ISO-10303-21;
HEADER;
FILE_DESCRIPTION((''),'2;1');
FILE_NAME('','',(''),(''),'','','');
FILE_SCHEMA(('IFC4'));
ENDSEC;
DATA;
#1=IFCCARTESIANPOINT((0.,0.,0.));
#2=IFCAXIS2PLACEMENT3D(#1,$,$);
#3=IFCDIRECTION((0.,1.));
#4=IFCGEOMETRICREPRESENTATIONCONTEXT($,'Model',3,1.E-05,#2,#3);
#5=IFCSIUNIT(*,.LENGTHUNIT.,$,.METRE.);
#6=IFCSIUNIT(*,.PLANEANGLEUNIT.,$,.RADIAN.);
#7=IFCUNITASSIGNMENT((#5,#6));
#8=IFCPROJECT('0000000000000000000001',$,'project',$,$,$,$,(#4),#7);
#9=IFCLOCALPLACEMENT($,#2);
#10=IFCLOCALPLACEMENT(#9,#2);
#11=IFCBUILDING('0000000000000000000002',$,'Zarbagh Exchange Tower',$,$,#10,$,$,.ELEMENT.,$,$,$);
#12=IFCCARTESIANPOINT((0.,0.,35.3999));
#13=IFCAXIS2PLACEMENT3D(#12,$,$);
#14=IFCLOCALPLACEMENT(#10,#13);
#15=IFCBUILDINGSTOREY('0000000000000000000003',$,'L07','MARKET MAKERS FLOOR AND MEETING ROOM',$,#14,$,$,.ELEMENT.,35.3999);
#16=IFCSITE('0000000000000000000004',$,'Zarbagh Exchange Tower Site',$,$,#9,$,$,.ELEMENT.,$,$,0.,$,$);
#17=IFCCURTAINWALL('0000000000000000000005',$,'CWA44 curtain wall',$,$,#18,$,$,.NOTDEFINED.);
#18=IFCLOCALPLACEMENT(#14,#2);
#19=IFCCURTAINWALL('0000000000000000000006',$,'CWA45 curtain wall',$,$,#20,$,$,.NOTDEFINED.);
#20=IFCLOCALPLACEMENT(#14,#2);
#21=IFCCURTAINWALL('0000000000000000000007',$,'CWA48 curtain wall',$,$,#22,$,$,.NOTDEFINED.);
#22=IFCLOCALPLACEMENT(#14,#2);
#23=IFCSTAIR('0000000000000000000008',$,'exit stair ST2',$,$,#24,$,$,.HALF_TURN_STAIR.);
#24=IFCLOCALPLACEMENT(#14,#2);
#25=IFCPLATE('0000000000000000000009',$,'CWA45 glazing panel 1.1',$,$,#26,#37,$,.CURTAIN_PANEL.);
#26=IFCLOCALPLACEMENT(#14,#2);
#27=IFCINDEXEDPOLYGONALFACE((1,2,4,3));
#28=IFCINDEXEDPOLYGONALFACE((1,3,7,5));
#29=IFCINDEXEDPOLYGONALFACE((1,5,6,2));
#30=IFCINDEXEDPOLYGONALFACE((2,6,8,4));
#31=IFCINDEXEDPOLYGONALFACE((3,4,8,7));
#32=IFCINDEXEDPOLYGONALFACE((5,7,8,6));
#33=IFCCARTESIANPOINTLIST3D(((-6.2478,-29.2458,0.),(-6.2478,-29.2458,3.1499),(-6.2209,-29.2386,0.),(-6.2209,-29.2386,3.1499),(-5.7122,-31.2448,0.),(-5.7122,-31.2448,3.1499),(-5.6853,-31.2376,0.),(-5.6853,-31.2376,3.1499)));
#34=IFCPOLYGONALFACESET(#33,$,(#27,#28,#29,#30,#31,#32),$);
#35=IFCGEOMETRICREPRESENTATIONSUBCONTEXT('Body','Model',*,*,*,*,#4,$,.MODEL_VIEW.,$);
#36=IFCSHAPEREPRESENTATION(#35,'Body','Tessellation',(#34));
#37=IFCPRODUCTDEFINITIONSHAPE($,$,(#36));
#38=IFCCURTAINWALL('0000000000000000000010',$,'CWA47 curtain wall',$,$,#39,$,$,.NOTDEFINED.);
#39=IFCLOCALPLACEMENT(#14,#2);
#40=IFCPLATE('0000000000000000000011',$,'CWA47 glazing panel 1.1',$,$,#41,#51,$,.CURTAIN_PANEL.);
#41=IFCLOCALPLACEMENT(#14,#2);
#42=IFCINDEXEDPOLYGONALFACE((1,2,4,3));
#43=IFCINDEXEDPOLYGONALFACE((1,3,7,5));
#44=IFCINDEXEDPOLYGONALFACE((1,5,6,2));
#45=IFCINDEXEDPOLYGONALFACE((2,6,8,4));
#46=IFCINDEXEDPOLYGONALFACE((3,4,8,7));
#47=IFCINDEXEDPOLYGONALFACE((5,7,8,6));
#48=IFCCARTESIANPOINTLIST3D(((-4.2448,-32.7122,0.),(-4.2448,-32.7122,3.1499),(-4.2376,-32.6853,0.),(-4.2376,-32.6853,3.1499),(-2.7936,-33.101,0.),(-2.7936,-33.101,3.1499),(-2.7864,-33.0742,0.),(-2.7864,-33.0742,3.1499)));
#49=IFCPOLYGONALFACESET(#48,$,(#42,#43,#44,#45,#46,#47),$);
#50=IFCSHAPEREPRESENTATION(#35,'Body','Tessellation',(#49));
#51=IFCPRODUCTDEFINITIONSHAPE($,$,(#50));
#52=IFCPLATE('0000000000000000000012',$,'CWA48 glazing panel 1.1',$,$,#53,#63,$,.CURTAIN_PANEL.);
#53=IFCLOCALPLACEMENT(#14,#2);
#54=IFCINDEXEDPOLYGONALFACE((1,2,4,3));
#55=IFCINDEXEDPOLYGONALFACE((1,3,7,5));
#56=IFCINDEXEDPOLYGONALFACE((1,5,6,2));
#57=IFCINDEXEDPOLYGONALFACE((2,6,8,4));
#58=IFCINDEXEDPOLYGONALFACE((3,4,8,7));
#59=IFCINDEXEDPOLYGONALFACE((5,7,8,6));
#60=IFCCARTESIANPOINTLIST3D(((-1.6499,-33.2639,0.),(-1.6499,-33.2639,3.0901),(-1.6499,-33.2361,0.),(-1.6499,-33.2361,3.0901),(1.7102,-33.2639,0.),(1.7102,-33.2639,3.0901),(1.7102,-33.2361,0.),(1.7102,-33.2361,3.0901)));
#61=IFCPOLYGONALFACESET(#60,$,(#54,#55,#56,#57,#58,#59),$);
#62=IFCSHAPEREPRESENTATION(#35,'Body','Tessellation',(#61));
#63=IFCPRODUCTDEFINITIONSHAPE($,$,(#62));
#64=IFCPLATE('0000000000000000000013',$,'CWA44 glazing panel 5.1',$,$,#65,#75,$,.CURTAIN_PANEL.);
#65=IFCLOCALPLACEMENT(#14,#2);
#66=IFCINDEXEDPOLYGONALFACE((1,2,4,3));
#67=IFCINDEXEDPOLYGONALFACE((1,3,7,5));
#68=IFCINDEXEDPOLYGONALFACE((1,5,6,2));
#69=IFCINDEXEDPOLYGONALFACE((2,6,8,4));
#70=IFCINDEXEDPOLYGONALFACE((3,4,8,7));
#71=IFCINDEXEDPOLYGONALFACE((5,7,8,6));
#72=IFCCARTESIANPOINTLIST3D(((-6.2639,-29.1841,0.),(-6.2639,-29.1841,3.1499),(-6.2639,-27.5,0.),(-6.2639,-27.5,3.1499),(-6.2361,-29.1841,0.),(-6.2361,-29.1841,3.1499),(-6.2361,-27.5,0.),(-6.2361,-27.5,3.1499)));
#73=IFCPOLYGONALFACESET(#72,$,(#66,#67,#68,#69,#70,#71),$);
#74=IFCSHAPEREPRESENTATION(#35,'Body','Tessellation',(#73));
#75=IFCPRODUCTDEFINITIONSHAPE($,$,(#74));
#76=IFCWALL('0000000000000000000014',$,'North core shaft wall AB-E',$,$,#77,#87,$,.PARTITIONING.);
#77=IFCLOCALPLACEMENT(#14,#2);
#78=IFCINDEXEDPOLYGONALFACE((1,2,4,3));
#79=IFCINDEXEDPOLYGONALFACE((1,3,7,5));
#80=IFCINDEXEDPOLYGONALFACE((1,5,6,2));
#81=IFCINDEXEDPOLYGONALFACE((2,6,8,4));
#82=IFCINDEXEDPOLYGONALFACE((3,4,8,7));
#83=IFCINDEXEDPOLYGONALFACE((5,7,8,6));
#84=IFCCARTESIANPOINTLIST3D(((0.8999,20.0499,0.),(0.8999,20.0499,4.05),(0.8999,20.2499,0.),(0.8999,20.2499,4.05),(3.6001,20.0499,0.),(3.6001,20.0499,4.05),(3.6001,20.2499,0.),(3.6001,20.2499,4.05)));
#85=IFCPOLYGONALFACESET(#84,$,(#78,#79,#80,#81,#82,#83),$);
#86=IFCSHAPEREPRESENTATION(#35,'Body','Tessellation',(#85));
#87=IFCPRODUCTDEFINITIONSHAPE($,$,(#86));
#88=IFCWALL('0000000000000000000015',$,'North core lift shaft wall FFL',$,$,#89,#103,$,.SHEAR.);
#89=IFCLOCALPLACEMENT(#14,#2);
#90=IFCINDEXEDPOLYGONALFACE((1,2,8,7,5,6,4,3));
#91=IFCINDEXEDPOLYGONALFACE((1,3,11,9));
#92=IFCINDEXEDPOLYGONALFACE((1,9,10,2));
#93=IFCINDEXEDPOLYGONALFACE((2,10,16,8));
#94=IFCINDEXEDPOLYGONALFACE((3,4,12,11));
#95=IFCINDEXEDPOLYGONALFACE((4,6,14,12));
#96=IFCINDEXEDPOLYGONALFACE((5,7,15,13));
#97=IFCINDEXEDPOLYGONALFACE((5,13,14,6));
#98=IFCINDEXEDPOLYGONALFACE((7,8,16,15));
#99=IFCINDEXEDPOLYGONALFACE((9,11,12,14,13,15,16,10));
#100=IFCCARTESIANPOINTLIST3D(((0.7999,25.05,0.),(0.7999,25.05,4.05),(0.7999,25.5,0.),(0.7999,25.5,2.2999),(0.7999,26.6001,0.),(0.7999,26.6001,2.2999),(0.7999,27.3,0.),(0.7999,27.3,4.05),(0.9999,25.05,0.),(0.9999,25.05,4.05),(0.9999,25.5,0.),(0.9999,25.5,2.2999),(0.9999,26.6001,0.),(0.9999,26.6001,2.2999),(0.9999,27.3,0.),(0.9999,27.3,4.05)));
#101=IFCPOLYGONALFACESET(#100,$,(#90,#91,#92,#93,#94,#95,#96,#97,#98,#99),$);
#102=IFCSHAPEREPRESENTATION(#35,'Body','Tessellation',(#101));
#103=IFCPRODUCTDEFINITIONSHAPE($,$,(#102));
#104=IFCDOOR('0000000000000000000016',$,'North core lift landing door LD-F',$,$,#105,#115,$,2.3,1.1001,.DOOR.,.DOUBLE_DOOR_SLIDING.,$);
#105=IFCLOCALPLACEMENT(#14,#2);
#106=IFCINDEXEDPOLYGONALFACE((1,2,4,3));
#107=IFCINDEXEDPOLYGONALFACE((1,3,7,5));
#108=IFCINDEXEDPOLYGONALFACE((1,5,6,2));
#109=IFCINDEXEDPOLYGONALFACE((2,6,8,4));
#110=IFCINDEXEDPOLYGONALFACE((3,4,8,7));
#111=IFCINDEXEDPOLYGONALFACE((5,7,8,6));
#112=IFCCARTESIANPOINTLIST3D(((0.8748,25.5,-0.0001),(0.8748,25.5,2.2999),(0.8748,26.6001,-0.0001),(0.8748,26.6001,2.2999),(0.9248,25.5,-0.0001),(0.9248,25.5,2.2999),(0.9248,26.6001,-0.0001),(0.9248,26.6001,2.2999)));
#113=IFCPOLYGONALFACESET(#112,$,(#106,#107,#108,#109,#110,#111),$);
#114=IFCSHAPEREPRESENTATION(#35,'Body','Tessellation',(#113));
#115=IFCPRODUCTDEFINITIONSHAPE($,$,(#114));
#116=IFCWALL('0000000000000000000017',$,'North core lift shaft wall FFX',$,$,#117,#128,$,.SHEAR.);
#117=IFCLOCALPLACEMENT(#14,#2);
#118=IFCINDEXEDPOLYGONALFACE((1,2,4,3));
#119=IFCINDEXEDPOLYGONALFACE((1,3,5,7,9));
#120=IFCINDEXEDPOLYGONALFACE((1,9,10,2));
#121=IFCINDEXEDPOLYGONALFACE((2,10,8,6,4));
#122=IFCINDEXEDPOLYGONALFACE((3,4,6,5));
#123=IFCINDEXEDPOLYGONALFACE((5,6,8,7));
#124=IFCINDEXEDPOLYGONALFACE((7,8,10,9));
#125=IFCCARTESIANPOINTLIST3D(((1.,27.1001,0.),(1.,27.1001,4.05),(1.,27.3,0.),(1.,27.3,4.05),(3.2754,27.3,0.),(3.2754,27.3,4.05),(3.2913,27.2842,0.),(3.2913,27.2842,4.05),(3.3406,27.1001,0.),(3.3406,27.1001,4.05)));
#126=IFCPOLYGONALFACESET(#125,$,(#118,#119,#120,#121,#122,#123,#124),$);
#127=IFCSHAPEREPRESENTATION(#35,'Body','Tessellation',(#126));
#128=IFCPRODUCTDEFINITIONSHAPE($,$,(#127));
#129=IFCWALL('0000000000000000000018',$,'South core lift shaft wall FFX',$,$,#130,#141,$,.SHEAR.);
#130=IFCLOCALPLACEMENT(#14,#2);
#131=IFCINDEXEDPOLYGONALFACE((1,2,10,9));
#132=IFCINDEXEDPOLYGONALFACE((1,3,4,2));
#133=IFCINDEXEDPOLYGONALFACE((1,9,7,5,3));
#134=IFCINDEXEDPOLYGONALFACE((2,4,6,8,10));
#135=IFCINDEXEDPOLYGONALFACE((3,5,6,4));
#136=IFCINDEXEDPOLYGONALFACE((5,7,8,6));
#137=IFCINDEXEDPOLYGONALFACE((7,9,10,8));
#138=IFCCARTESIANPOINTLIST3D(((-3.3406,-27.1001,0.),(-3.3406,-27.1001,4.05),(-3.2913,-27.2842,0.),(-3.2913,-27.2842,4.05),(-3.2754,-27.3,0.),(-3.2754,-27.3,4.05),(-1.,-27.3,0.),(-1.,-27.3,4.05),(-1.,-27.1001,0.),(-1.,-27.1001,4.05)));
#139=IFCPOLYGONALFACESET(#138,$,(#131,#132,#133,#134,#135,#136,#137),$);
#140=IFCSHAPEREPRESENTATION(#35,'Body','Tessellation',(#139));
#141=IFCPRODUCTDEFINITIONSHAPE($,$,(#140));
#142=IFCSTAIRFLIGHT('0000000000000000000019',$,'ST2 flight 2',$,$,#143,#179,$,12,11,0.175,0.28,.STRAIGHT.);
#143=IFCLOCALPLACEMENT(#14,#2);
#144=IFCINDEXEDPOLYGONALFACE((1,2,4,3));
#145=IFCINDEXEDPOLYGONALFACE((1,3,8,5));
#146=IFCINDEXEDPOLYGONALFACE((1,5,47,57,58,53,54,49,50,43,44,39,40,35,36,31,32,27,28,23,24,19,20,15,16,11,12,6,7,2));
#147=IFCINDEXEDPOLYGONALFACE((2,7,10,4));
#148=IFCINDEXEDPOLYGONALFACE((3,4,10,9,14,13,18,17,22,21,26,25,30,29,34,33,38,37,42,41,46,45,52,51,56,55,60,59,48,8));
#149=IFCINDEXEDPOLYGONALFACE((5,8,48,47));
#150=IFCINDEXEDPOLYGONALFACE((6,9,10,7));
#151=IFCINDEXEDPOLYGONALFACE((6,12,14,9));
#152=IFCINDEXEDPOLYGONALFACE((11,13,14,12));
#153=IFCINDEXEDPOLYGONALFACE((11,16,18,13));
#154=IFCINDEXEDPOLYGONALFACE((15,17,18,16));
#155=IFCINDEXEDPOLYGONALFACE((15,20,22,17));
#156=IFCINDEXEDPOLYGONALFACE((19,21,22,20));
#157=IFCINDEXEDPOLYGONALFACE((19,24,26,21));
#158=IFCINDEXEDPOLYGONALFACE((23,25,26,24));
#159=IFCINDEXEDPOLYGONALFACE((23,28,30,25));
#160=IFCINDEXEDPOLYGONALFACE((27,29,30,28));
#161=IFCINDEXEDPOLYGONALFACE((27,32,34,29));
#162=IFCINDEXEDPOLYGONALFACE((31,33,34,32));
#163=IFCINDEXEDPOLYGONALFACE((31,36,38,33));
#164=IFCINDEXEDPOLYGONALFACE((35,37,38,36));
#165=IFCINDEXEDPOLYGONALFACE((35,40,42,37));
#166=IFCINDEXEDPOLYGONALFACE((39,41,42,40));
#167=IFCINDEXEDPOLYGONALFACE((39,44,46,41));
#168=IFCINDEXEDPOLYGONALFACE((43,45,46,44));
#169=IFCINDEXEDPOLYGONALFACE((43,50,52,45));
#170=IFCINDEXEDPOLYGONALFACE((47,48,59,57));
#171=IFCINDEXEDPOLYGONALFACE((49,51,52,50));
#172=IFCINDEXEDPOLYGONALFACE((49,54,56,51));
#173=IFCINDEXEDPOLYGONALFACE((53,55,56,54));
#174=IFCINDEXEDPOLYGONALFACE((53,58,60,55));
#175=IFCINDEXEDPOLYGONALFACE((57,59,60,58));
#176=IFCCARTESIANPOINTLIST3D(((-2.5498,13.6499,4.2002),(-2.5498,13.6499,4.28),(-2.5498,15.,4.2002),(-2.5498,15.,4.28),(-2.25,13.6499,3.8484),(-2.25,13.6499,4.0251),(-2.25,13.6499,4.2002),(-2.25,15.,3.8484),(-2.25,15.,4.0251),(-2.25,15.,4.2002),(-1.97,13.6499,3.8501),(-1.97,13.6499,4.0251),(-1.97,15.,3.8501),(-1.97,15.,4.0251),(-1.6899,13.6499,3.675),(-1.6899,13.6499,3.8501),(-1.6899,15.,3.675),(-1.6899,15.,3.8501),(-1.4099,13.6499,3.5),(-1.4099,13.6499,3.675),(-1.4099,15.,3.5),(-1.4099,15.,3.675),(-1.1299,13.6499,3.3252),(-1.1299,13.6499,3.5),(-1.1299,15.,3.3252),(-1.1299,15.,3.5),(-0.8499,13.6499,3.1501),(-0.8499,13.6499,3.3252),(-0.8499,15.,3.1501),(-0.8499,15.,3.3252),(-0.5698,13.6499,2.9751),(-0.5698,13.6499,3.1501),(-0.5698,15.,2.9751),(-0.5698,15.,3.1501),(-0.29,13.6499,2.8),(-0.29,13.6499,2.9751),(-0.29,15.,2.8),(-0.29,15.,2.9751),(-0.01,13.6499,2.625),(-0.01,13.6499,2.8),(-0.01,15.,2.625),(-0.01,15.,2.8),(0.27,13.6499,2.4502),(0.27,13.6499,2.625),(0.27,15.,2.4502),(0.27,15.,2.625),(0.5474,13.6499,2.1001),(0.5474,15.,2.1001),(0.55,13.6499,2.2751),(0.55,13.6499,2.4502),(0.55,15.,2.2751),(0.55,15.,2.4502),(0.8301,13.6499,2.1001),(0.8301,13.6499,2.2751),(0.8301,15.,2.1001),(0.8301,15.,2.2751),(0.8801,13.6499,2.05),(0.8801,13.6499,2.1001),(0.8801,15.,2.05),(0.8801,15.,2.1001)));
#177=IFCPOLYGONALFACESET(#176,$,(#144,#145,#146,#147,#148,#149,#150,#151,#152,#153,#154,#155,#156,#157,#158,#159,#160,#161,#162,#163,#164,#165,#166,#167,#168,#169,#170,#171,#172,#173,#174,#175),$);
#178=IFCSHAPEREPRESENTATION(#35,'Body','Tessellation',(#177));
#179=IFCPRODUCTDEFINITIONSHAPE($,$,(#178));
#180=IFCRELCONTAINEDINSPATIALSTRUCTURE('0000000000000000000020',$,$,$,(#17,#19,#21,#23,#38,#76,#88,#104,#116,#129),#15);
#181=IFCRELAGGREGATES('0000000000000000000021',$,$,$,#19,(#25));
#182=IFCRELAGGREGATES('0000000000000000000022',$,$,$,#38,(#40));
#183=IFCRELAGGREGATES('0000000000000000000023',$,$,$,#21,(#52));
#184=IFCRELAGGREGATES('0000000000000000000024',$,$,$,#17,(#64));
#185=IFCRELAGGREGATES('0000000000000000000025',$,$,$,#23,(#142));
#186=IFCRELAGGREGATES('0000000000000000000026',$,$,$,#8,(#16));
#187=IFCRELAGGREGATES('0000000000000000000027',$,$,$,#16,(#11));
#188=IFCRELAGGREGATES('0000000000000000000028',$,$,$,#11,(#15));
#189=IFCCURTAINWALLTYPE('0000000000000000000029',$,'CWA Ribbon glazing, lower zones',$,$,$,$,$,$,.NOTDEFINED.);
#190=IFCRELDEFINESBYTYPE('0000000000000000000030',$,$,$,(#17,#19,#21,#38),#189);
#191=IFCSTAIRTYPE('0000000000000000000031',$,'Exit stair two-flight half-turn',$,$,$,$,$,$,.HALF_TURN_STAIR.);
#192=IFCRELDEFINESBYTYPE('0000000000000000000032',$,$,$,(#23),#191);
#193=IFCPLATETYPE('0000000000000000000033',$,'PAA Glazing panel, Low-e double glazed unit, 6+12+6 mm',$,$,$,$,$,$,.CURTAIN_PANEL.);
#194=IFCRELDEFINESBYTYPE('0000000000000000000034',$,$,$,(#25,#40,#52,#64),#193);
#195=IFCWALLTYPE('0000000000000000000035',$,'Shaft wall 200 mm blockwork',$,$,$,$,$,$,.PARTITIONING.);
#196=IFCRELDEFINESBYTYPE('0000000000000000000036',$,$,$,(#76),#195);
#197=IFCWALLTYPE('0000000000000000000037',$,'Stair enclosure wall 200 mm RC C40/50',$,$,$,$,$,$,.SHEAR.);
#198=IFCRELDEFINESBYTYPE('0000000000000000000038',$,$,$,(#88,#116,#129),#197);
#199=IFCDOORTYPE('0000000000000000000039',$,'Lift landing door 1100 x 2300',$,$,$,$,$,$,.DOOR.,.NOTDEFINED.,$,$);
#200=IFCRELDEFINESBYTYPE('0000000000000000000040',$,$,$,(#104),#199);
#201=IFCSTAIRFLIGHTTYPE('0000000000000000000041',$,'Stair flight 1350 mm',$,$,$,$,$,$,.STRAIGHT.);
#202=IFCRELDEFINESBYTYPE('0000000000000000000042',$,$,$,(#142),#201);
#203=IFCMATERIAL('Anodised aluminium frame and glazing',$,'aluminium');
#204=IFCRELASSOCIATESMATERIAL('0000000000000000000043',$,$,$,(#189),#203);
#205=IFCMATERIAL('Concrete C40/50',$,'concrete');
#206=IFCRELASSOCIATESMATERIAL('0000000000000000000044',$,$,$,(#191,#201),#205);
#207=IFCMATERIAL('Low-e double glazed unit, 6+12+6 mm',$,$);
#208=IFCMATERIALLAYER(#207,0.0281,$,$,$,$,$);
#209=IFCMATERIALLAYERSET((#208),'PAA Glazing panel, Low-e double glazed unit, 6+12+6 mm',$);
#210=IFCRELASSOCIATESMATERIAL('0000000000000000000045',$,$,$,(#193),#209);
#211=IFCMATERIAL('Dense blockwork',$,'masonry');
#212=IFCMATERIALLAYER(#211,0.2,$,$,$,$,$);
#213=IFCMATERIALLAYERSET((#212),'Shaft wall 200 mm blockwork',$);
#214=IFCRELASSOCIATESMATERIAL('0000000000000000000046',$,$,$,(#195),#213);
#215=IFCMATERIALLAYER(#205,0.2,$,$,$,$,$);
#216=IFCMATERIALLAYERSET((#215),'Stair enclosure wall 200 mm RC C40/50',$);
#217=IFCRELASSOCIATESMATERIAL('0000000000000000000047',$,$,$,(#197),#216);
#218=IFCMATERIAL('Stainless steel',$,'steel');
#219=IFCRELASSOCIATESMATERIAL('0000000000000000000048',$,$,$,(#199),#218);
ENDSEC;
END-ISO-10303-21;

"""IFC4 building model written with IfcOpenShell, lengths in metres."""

from ifc_helpers import new_model, si_unit, direction, frame, frame_2d, origin, place, context, subcontext, project, spatial, polyline, rectangle, outline, extrude, source, transform, mapped, material, layer, layer_set, type_object, element, fill, aggregate, save


model = new_model("IFC4")

# Units and contexts
model_context = context("Model", 3, precision=1e-05, world=origin(), true_north=direction((0.0, 1.0)))
body_context = subcontext(model_context, "Body", "Model", "MODEL_VIEW")
ifc_project = project(units=[si_unit("LENGTHUNIT", "METRE"), si_unit("PLANEANGLEUNIT", "RADIAN")], contexts=[model_context])

# Site, building, storey
site_placement = place(None, origin())
site = spatial("IfcSite", under=ifc_project, at=site_placement, Name="Zarbagh Exchange Tower Site", CompositionType="ELEMENT", RefElevation=0.0)
building_placement = place(site_placement, origin())
building = spatial("IfcBuilding", under=site, at=building_placement, Name="Zarbagh Exchange Tower", CompositionType="ELEMENT")
storey_placement = place(building_placement, frame((0.0, 0.0, 35.3999)))
storey = spatial("IfcBuildingStorey", under=building, at=storey_placement, Name="L07", Description="MARKET MAKERS FLOOR AND MEETING ROOM", CompositionType="ELEMENT", Elevation=35.3999)

# Curtain wall
ifc_material_1 = material(Name="Anodised aluminium frame and glazing", Category="aluminium")
curtain_wall_type = type_object("IfcCurtainWallType", Name="CWA Ribbon glazing, lower zones", PredefinedType="NOTDEFINED", material=ifc_material_1)
curtain_wall_1_placement = place(storey_placement, origin())
curtain_wall_1 = element("IfcCurtainWall", 1, at=curtain_wall_1_placement, inside=storey, type_object=curtain_wall_type, Name="CWA44 curtain wall", PredefinedType="NOTDEFINED")
placement = place(storey_placement, origin())

# Curtain wall
curtain_wall_2_placement = place(storey_placement, origin())
curtain_wall_2 = element("IfcCurtainWall", 2, at=curtain_wall_2_placement, inside=storey, type_object=curtain_wall_type, Name="CWA45 curtain wall", PredefinedType="NOTDEFINED")

# Curtain wall
curtain_wall_3_placement = place(storey_placement, origin())
curtain_wall_3 = element("IfcCurtainWall", 3, at=curtain_wall_3_placement, inside=storey, type_object=curtain_wall_type, Name="CWA48 curtain wall", PredefinedType="NOTDEFINED")

# Stair
ifc_material_2 = material(Name="Concrete C40/50", Category="concrete")
stair_type = type_object("IfcStairType", Name="Exit stair two-flight half-turn", PredefinedType="HALF_TURN_STAIR", material=ifc_material_2)
stair_1_placement = place(storey_placement, origin())
stair_1 = element("IfcStair", 4, at=stair_1_placement, inside=storey, type_object=stair_type, Name="exit stair ST2", PredefinedType="HALF_TURN_STAIR")

# Shared definitions
ifc_material_3 = material(Name="Low-e double glazed unit, 6+12+6 mm")
ifc_layer_1 = layer(ifc_material_3, 0.0281)
ifc_layer_set_1 = layer_set([ifc_layer_1], Name="PAA Glazing panel, Low-e double glazed unit, 6+12+6 mm")
plate_type = type_object("IfcPlateType", Name="PAA Glazing panel, Low-e double glazed unit, 6+12+6 mm", PredefinedType="CURTAIN_PANEL", material=ifc_layer_set_1)

# Plate
shared_shape_1 = source(origin(), body_context, "Body", "SweptSolid", [
    extrude(outline(polyline([(0.0, -0.0139), (2.0696, -0.0139), (2.0696, 0.0139), (0.0, 0.0139), (0.0, -0.0139)])), origin(), (0.0, 0.0, 1.0), 3.1499),
])
plate_1 = element("IfcPlate", 5, at=placement, type_object=plate_type, Name="CWA45 glazing panel 1.1", PredefinedType="CURTAIN_PANEL", context=body_context, shape_type="MappedRepresentation", body=[
    mapped(shared_shape_1, transform((-6.2344, -29.2422, 0.0), x_axis=(0.258825, -0.965924, 0.0), y_axis=(0.965924, 0.258825, 0.0), z_axis=(0.0, 0.0, 1.0))),
])
aggregate(curtain_wall_2, [plate_1])

# Curtain wall, plate
curtain_wall_4_placement = place(storey_placement, origin())
curtain_wall_4 = element("IfcCurtainWall", 6, at=curtain_wall_4_placement, inside=storey, type_object=curtain_wall_type, Name="CWA47 curtain wall", PredefinedType="NOTDEFINED")
shared_shape_2 = source(origin(), body_context, "Body", "SweptSolid", [
    extrude(outline(polyline([(0.0, -0.0139), (1.5024, -0.0139), (1.5024, 0.0139), (0.0, 0.0139), (0.0, -0.0139)])), origin(), (0.0, 0.0, 1.0), 3.1499),
])
plate_2 = element("IfcPlate", 7, at=placement, type_object=plate_type, Name="CWA47 glazing panel 1.1", PredefinedType="CURTAIN_PANEL", context=body_context, shape_type="MappedRepresentation", body=[
    mapped(shared_shape_2, transform((-4.2412, -32.6987, 0.0), x_axis=(0.965924, -0.258825, 0.0), y_axis=(0.258825, 0.965924, 0.0), z_axis=(0.0, 0.0, 1.0))),
])
aggregate(curtain_wall_4, [plate_2])

# Plates
shared_shape_3 = source(origin(), body_context, "Body", "SweptSolid", [
    extrude(outline(polyline([(0.0, -0.0139), (3.3601, -0.0139), (3.3601, 0.0139), (0.0, 0.0139), (0.0, -0.0139)])), origin(), (0.0, 0.0, 1.0), 3.0901),
])
plate_3 = element("IfcPlate", 8, at=placement, type_object=plate_type, Name="CWA48 glazing panel 1.1", PredefinedType="CURTAIN_PANEL", context=body_context, shape_type="MappedRepresentation", body=[
    mapped(shared_shape_3, transform((-1.6499, -33.25, 0.0), x_axis=(1.0, 0.0, 0.0), y_axis=(0.0, 1.0, 0.0), z_axis=(0.0, 0.0, 1.0))),
])
aggregate(curtain_wall_3, [plate_3])
shared_shape_4 = source(origin(), body_context, "Body", "SweptSolid", [
    extrude(outline(polyline([(0.0, -0.0139), (1.6841, -0.0139), (1.6841, 0.0139), (0.0, 0.0139), (0.0, -0.0139)])), origin(), (0.0, 0.0, 1.0), 3.1499),
])
plate_4 = element("IfcPlate", 9, at=placement, type_object=plate_type, Name="CWA44 glazing panel 5.1", PredefinedType="CURTAIN_PANEL", context=body_context, shape_type="MappedRepresentation", body=[
    mapped(shared_shape_4, transform((-6.25, -27.5, 0.0), x_axis=(0.0, -1.0, 0.0), y_axis=(1.0, 0.0, 0.0), z_axis=(0.0, 0.0, 1.0))),
])
aggregate(curtain_wall_1, [plate_4])

# Wall
ifc_material_4 = material(Name="Dense blockwork", Category="masonry")
ifc_layer_2 = layer(ifc_material_4, 0.2)
ifc_layer_set_2 = layer_set([ifc_layer_2], Name="Shaft wall 200 mm blockwork")
wall_type_1 = type_object("IfcWallType", Name="Shaft wall 200 mm blockwork", PredefinedType="PARTITIONING", material=ifc_layer_set_2)
wall_1_placement = place(storey_placement, frame((0.8999, 20.1499, 0.0), z_axis=(0.0, 0.0, 1.0), x_axis=(1.0, 0.0, 0.0)))
element("IfcWall", 10, at=wall_1_placement, inside=storey, type_object=wall_type_1, Name="North core shaft wall AB-E", PredefinedType="PARTITIONING", context=body_context, shape_type="SweptSolid", body=[
    extrude(rectangle(XDim=2.7002, YDim=0.2, at=frame_2d((1.3501, 0.0))), origin(), (0.0, 0.0, 1.0), 4.05),
])

# Wall, opening, door
ifc_layer_3 = layer(ifc_material_2, 0.2)
ifc_layer_set_3 = layer_set([ifc_layer_3], Name="Stair enclosure wall 200 mm RC C40/50")
wall_type_2 = type_object("IfcWallType", Name="Stair enclosure wall 200 mm RC C40/50", PredefinedType="SHEAR", material=ifc_layer_set_3)
wall_2_placement = place(storey_placement, frame((0.8999, 27.3, 0.0), z_axis=(0.0, 0.0, 1.0), x_axis=(0.0, -1.0, 0.0)))
wall_2 = element("IfcWall", 11, at=wall_2_placement, inside=storey, type_object=wall_type_2, Name="North core lift shaft wall FFL", PredefinedType="SHEAR", context=body_context, shape_type="SweptSolid", body=[
    extrude(rectangle(XDim=2.25, YDim=0.2, at=frame_2d((1.125, 0.0))), origin(), (0.0, 0.0, 1.0), 4.05),
])
opening_placement = place(wall_2_placement, frame((0.7, 0.0, 0.0)))
opening = element("IfcOpeningElement", 12, at=opening_placement, cuts=wall_2, PredefinedType="OPENING", context=body_context, shape_type="SweptSolid", body=[
    extrude(rectangle(XDim=1.1001, YDim=2.3, at=frame_2d((0.55, 1.1499))), frame((0.0, 0.1099, 0.0), z_axis=(0.0, -1.0, 0.0), x_axis=(1.0, 0.0, 0.0)), (0.0, 0.0, 1.0), 0.22),
])
ifc_material_5 = material(Name="Stainless steel", Category="steel")
door_type = type_object("IfcDoorType", Name="Lift landing door 1100 x 2300", OperationType="NOTDEFINED", PredefinedType="DOOR", material=ifc_material_5)
door_placement = place(opening_placement, origin())
door = element("IfcDoor", 13, at=door_placement, inside=storey, type_object=door_type, Name="North core lift landing door LD-F", OperationType="DOUBLE_DOOR_SLIDING", OverallHeight=2.3, OverallWidth=1.1001, PredefinedType="DOOR", context=body_context, shape_type="SweptSolid", body=[
    extrude(rectangle(XDim=1.1001, YDim=2.3, at=frame_2d((0.55, 1.1499))), frame((0.0, 0.0249, 0.0), z_axis=(0.0, -1.0, 0.0), x_axis=(1.0, 0.0, 0.0)), (0.0, 0.0, 1.0), 0.05),
])
fill(opening, door)

# Walls
wall_3_placement = place(storey_placement, origin())
element("IfcWall", 14, at=wall_3_placement, inside=storey, type_object=wall_type_2, Name="North core lift shaft wall FFX", PredefinedType="SHEAR", context=body_context, shape_type="SweptSolid", body=[
    extrude(outline(polyline([(1.0, 27.1001), (3.3406, 27.1001), (3.2913, 27.2842), (3.2754, 27.3), (1.0, 27.3), (1.0, 27.1001)])), origin(), (0.0, 0.0, 1.0), 4.05),
])
wall_4_placement = place(storey_placement, origin())
element("IfcWall", 15, at=wall_4_placement, inside=storey, type_object=wall_type_2, Name="South core lift shaft wall FFX", PredefinedType="SHEAR", context=body_context, shape_type="SweptSolid", body=[
    extrude(outline(polyline([(-1.0, -27.1001), (-3.3406, -27.1001), (-3.2913, -27.2842), (-3.2754, -27.3), (-1.0, -27.3), (-1.0, -27.1001)])), origin(), (0.0, 0.0, 1.0), 4.05),
])

# Stair flight
stair_flight_type = type_object("IfcStairFlightType", Name="Stair flight 1350 mm", PredefinedType="STRAIGHT", material=ifc_material_2)
stair_flight_placement = place(storey_placement, frame((0.8301, 14.325, 2.1001), z_axis=(0.0, 0.0, 1.0), x_axis=(-1.0, 0.0, 0.0)))
stair_flight = element("IfcStairFlight", 16, at=stair_flight_placement, type_object=stair_flight_type, Name="ST2 flight 2", NumberOfRisers=12, NumberOfTreads=11, PredefinedType="STRAIGHT", RiserHeight=0.175, TreadLength=0.28, context=body_context, shape_type="SweptSolid", body=[
    extrude(outline(polyline([(-0.05, -0.05), (-0.05, 0.0), (0.0, 0.0), (0.0, 0.175), (0.28, 0.175), (0.28, 0.3501), (0.5601, 0.3501), (0.5601, 0.5249), (0.8401, 0.5249), (0.8401, 0.7), (1.1201, 0.7), (1.1201, 0.875), (1.3999, 0.875), (1.3999, 1.05), (1.6799, 1.05), (1.6799, 1.2251), (1.96, 1.2251), (1.96, 1.3999), (2.24, 1.3999), (2.24, 1.575), (2.52, 1.575), (2.52, 1.75), (2.8, 1.75), (2.8, 1.925), (3.0801, 1.925), (3.0801, 2.1001), (3.3799, 2.1799), (3.3799, 2.1001), (3.0801, 1.7483), (0.2827, 0.0), (-0.05, -0.05)])), frame((0.0, 0.675, 0.0), z_axis=(0.0, -1.0, 0.0), x_axis=(1.0, 0.0, 0.0)), (0.0, 0.0, 1.0), 1.3501),
])
aggregate(stair_1, [stair_flight])

save(model, "model.ifc")
